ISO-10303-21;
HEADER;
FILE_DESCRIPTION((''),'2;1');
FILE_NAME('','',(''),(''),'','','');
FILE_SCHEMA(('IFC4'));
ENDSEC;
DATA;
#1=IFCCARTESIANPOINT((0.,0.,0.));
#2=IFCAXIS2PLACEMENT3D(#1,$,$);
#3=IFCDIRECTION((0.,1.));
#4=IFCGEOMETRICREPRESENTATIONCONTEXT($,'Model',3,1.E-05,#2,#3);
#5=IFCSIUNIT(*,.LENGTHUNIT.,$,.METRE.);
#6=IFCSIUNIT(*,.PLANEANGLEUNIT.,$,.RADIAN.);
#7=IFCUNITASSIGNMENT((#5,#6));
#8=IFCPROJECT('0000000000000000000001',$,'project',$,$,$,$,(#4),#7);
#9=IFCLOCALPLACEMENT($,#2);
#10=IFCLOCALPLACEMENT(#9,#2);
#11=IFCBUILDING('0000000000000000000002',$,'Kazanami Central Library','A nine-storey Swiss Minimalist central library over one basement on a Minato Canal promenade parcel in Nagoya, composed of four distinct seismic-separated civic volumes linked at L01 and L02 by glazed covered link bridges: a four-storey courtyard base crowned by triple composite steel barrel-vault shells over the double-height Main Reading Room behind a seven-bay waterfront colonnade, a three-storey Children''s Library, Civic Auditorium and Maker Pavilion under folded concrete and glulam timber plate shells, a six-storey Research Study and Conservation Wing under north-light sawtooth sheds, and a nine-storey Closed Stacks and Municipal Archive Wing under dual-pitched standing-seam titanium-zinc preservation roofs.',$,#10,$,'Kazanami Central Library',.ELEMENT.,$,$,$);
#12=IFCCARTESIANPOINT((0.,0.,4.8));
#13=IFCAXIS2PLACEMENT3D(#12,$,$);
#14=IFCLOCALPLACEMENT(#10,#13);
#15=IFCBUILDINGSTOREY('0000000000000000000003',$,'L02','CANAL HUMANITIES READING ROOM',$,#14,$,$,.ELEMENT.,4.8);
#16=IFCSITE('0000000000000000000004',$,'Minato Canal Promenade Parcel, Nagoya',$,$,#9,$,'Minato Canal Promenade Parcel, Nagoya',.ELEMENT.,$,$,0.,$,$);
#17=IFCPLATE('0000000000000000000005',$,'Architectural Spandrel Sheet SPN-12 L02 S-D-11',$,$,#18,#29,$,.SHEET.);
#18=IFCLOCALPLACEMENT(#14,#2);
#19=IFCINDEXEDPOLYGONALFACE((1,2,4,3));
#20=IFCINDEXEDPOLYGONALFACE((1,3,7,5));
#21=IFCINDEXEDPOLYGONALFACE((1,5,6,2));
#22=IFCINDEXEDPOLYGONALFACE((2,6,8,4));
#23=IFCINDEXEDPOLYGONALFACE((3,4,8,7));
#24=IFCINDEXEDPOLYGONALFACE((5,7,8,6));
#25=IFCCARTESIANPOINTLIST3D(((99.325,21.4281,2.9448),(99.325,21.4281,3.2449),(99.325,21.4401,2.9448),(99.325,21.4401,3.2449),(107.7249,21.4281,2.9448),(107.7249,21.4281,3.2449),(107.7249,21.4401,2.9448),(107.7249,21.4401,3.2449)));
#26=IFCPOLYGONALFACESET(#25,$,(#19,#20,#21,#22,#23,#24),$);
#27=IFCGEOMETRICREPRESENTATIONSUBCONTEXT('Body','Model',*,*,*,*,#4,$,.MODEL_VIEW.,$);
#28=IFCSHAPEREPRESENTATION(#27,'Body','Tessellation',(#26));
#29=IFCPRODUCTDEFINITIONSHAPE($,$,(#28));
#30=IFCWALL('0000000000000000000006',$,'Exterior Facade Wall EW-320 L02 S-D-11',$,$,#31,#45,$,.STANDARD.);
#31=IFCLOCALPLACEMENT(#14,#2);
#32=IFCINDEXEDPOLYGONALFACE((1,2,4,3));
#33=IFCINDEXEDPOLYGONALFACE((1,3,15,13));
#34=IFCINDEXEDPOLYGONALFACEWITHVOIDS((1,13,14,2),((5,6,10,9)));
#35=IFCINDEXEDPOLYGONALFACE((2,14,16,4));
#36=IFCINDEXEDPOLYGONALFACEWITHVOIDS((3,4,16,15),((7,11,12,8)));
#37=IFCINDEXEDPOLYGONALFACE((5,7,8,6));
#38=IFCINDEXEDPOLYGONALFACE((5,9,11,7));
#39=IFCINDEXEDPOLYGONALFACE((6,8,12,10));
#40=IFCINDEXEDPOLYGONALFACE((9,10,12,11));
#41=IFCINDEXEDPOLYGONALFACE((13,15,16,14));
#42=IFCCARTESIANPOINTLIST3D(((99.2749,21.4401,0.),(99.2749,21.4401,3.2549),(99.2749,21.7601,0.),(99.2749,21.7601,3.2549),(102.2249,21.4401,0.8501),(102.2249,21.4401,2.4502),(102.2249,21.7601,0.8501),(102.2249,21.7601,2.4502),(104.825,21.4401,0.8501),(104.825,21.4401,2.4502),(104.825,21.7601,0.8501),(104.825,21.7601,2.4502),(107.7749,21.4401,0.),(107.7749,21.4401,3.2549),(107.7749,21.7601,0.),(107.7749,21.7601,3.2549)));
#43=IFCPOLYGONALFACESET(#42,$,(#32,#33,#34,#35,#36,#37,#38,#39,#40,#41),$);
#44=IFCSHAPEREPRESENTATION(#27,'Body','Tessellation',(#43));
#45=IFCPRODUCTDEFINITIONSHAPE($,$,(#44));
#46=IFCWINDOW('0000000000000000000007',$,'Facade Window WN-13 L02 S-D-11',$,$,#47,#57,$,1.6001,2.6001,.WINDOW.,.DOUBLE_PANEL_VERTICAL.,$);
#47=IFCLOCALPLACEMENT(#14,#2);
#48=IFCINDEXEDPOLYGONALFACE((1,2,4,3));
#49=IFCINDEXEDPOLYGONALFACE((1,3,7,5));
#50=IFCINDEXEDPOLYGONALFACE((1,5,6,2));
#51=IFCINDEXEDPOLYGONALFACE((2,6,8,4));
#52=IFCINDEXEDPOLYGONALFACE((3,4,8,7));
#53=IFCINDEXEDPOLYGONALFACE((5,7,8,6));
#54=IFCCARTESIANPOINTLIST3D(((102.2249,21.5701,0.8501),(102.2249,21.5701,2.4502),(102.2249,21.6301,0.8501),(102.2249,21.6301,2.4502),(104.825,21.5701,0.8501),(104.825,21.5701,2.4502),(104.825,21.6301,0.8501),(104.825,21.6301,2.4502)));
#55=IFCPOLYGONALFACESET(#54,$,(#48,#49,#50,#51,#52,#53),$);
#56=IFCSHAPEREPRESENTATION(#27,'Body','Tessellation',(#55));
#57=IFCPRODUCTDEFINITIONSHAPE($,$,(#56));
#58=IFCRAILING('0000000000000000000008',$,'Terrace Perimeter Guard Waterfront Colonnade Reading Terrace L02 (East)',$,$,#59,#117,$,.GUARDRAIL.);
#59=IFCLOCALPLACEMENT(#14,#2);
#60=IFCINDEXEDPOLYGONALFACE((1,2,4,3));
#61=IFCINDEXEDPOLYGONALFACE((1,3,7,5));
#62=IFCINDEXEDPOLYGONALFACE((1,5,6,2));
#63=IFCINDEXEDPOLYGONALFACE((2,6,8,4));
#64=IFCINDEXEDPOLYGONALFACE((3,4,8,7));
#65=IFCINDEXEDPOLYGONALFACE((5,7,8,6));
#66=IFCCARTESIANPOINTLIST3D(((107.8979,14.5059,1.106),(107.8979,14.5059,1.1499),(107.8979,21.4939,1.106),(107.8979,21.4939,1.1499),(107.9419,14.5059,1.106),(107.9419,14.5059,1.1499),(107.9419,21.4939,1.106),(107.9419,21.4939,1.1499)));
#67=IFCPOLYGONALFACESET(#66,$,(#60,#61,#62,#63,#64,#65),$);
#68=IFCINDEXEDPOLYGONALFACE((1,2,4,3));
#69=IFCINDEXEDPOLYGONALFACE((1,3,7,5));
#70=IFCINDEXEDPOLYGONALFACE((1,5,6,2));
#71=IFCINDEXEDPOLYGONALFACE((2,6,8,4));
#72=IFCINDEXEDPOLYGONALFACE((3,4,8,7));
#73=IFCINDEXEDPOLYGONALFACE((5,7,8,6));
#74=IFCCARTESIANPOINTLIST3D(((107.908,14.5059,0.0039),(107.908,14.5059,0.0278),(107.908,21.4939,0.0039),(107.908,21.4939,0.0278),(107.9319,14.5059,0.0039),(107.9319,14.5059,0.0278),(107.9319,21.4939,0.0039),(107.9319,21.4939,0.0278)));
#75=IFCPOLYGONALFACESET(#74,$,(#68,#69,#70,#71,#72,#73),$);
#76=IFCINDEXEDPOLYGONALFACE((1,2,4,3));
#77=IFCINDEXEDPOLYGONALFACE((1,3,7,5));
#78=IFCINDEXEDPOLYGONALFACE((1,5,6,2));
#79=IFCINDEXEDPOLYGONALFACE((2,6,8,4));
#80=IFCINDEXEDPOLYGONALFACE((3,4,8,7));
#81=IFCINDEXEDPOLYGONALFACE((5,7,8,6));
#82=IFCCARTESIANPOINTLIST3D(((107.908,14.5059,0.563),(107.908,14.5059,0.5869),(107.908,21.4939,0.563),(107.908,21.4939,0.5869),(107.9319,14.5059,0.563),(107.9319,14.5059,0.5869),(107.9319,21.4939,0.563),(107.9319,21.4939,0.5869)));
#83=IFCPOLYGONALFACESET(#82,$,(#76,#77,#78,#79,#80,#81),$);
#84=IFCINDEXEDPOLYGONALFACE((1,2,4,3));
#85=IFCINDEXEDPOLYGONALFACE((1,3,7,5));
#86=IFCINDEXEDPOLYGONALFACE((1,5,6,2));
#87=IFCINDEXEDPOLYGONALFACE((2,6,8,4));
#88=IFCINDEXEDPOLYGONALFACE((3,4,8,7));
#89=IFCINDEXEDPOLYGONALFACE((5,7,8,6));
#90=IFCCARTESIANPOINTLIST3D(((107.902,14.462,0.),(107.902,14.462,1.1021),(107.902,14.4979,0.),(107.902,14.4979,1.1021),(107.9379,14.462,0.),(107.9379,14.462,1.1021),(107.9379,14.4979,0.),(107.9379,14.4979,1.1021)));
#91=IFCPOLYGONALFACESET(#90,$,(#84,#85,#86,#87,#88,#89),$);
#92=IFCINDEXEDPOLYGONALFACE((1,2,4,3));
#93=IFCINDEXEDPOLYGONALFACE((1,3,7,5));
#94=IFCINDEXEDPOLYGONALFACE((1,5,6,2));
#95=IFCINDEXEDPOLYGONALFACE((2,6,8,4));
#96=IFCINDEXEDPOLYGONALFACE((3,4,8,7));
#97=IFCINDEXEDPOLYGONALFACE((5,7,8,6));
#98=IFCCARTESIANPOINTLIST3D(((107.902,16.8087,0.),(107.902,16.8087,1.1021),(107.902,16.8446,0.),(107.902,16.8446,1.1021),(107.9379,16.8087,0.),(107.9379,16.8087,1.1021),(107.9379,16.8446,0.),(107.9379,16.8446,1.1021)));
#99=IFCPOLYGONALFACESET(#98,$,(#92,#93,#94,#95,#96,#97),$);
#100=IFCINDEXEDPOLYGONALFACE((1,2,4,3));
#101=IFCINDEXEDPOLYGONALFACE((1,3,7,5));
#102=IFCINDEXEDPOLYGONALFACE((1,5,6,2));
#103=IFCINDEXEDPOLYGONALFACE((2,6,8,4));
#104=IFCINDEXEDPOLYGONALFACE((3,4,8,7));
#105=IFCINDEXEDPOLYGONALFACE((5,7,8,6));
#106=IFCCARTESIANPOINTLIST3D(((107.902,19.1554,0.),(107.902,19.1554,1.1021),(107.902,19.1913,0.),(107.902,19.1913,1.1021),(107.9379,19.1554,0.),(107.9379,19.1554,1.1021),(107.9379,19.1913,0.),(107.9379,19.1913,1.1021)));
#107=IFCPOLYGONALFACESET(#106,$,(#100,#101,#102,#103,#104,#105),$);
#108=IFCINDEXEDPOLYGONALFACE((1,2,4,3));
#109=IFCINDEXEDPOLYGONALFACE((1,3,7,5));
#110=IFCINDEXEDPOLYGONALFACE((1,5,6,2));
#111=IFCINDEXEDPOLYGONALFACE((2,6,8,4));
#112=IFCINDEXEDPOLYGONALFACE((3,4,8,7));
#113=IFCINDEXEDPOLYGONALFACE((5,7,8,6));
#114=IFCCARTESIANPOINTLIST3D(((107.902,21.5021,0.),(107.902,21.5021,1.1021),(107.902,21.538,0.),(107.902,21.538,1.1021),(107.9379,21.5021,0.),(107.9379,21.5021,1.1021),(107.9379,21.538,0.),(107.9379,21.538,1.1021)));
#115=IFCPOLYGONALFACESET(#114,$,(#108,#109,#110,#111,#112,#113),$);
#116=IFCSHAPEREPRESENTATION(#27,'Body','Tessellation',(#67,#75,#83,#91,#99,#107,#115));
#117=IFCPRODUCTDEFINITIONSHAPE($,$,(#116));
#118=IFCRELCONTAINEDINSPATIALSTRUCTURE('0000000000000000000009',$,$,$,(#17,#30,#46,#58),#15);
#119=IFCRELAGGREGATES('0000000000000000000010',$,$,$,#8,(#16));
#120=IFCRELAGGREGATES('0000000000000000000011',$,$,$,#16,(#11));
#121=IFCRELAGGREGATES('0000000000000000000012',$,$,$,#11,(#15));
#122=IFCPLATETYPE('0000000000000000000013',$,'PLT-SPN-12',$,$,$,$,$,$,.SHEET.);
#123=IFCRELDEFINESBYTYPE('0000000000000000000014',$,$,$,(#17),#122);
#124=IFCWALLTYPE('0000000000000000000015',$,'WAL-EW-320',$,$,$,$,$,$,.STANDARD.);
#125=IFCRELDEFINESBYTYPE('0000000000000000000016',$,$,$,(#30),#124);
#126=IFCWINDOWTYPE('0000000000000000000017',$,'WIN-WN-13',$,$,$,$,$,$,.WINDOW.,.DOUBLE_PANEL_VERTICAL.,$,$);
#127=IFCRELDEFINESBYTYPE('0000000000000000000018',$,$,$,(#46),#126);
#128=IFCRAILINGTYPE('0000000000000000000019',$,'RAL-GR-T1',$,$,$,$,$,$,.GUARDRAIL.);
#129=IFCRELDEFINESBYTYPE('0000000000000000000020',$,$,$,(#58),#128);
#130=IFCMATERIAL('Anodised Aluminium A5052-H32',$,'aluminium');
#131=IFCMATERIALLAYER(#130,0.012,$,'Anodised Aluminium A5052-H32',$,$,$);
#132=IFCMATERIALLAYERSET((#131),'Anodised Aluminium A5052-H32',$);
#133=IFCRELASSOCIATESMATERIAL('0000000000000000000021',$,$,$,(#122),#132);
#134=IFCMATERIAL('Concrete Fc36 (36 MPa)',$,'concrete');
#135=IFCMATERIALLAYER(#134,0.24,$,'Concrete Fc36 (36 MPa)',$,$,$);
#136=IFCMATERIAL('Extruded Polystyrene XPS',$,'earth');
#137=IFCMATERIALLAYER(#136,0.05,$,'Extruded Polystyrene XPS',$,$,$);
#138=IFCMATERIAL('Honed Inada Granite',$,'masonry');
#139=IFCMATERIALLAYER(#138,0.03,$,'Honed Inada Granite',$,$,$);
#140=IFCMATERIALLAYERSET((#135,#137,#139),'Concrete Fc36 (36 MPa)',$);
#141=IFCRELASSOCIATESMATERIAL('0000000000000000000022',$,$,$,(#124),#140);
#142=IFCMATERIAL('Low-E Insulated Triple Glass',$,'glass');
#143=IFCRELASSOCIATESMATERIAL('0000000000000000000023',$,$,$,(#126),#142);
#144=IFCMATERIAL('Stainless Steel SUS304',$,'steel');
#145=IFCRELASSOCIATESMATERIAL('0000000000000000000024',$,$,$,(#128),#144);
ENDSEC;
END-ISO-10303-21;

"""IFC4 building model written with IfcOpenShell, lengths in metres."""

from ifc_helpers import new_model, si_unit, direction, frame, frame_2d, origin, origin_2d, place, context, subcontext, project, spatial, rectangle, extrude, material, layer, layer_set, type_object, element, fill, save


model = new_model("IFC4")

# Units and contexts
model_context = context("Model", 3, precision=1e-05, world=origin(), true_north=direction((0.0, 1.0)))
body_context = subcontext(model_context, "Body", "Model", "MODEL_VIEW")
ifc_project = project(units=[si_unit("LENGTHUNIT", "METRE"), si_unit("PLANEANGLEUNIT", "RADIAN")], contexts=[model_context])

# Site, building, storey
site_placement = place(None, origin())
site = spatial("IfcSite", under=ifc_project, at=site_placement, Name="Minato Canal Promenade Parcel, Nagoya", LongName="Minato Canal Promenade Parcel, Nagoya", CompositionType="ELEMENT", RefElevation=0.0)
building_placement = place(site_placement, origin())
building = spatial("IfcBuilding", under=site, at=building_placement, Name="Kazanami Central Library", Description="A nine-storey Swiss Minimalist central library over one basement on a Minato Canal promenade parcel in Nagoya, composed of four distinct seismic-separated civic volumes linked at L01 and L02 by glazed covered link bridges: a four-storey courtyard base crowned by triple composite steel barrel-vault shells over the double-height Main Reading Room behind a seven-bay waterfront colonnade, a three-storey Children's Library, Civic Auditorium and Maker Pavilion under folded concrete and glulam timber plate shells, a six-storey Research Study and Conservation Wing under north-light sawtooth sheds, and a nine-storey Closed Stacks and Municipal Archive Wing under dual-pitched standing-seam titanium-zinc preservation roofs.", LongName="Kazanami Central Library", CompositionType="ELEMENT")
storey_placement = place(building_placement, frame((0.0, 0.0, 4.8)))
storey = spatial("IfcBuildingStorey", under=building, at=storey_placement, Name="L02", Description="CANAL HUMANITIES READING ROOM", CompositionType="ELEMENT", Elevation=4.8)

# Plate
ifc_material_1 = material(Name="Low-E Insulated Triple Glass", Category="glass")
ifc_material_2 = material(Name="Anodised Aluminium A5052-H32", Category="aluminium")
ifc_layer_1 = layer(ifc_material_2, 0.012, Name="Anodised Aluminium A5052-H32")
ifc_layer_set_1 = layer_set([ifc_layer_1], Name="Anodised Aluminium A5052-H32")
plate_type_1 = type_object("IfcPlateType", Name="PLT-SPN-12", PredefinedType="SHEET", material=ifc_layer_set_1)
plate_1_placement = place(storey_placement, frame((103.5249, 21.4341, 2.9448), z_axis=(0.0, 0.0, 1.0), x_axis=(1.0, 0.0, 0.0)))
element("IfcPlate", 1, at=plate_1_placement, inside=storey, type_object=plate_type_1, Name="Architectural Spandrel Sheet SPN-12 L02 S-D-11", PredefinedType="SHEET", context=body_context, shape_type="SweptSolid", body=[
    extrude(rectangle(XDim=8.3999, YDim=0.012, at=origin_2d()), origin(), (0.0, 0.0, 1.0), 0.3),
])

# Wall, opening, window
ifc_material_3 = material(Name="Concrete Fc36 (36 MPa)", Category="concrete")
ifc_layer_2 = layer(ifc_material_3, 0.24, Name="Concrete Fc36 (36 MPa)")
ifc_material_4 = material(Name="Extruded Polystyrene XPS", Category="earth")
ifc_layer_3 = layer(ifc_material_4, 0.05, Name="Extruded Polystyrene XPS")
ifc_material_5 = material(Name="Honed Inada Granite", Category="masonry")
ifc_layer_4 = layer(ifc_material_5, 0.03, Name="Honed Inada Granite")
ifc_layer_set_2 = layer_set([ifc_layer_2, ifc_layer_3, ifc_layer_4], Name="Concrete Fc36 (36 MPa)")
wall_type = type_object("IfcWallType", Name="WAL-EW-320", PredefinedType="STANDARD", material=ifc_layer_set_2)
wall_placement = place(storey_placement, frame((99.2749, 21.6001, 0.0), z_axis=(0.0, 0.0, 1.0), x_axis=(1.0, 0.0, 0.0)))
wall = element("IfcWall", 2, at=wall_placement, inside=storey, type_object=wall_type, Name="Exterior Facade Wall EW-320 L02 S-D-11", PredefinedType="STANDARD", context=body_context, shape_type="SweptSolid", body=[
    extrude(rectangle(XDim=8.5, YDim=0.3201, at=frame_2d((4.25, 0.0))), origin(), (0.0, 0.0, 1.0), 3.2549),
])
opening_placement = place(wall_placement, frame((2.95, 0.0, 0.8501)))
opening = element("IfcOpeningElement", 3, at=opening_placement, cuts=wall, PredefinedType="OPENING", context=body_context, shape_type="SweptSolid", body=[
    extrude(rectangle(XDim=2.6001, YDim=1.6001, at=frame_2d((1.3, 0.8))), frame((0.0, 0.1719, 0.0), z_axis=(0.0, -1.0, 0.0), x_axis=(1.0, 0.0, 0.0)), (0.0, 0.0, 1.0), 0.344),
])
window_type = type_object("IfcWindowType", Name="WIN-WN-13", PartitioningType="DOUBLE_PANEL_VERTICAL", PredefinedType="WINDOW", material=ifc_material_1)
window_placement = place(opening_placement, origin())
window = element("IfcWindow", 4, at=window_placement, inside=storey, type_object=window_type, Name="Facade Window WN-13 L02 S-D-11", OverallHeight=1.6001, OverallWidth=2.6001, PartitioningType="DOUBLE_PANEL_VERTICAL", PredefinedType="WINDOW", context=body_context, shape_type="SweptSolid", body=[
    extrude(rectangle(XDim=2.6001, YDim=1.6001, at=frame_2d((1.3, 0.8))), frame((0.0, 0.03, 0.0), z_axis=(0.0, -1.0, 0.0), x_axis=(1.0, 0.0, 0.0)), (0.0, 0.0, 1.0), 0.0601),
])
fill(opening, window)

# Railing
ifc_material_6 = material(Name="Stainless Steel SUS304", Category="steel")
railing_type = type_object("IfcRailingType", Name="RAL-GR-T1", PredefinedType="GUARDRAIL", material=ifc_material_6)
railing_placement = place(storey_placement, frame((107.9199, 14.48, 0.0)))
element("IfcRailing", 5, at=railing_placement, inside=storey, type_object=railing_type, Name="Terrace Perimeter Guard Waterfront Colonnade Reading Terrace L02 (East)", PredefinedType="GUARDRAIL", context=body_context, shape_type="SweptSolid", body=[
    extrude(rectangle(XDim=0.0439, YDim=0.0439, at=origin_2d()), frame((0.0, 0.0259, 1.1279), z_axis=(0.0, 1.0, 0.0), x_axis=(-1.0, 0.0, 0.0)), (0.0, 0.0, 1.0), 6.988),
    extrude(rectangle(XDim=0.0239, YDim=0.0239, at=origin_2d()), frame((0.0, 0.0259, 0.0159), z_axis=(0.0, 1.0, 0.0), x_axis=(-1.0, 0.0, 0.0)), (0.0, 0.0, 1.0), 6.988),
    extrude(rectangle(XDim=0.0239, YDim=0.0239, at=origin_2d()), frame((0.0, 0.0259, 0.575), z_axis=(0.0, 1.0, 0.0), x_axis=(-1.0, 0.0, 0.0)), (0.0, 0.0, 1.0), 6.988),
    extrude(rectangle(XDim=0.0359, YDim=0.0359, at=origin_2d()), origin(), (0.0, 0.0, 1.0), 1.1021),
    extrude(rectangle(XDim=0.0359, YDim=0.0359, at=origin_2d()), frame((0.0, 2.3467, 0.0)), (0.0, 0.0, 1.0), 1.1021),
    extrude(rectangle(XDim=0.0359, YDim=0.0359, at=origin_2d()), frame((0.0, 4.6934, 0.0)), (0.0, 0.0, 1.0), 1.1021),
    extrude(rectangle(XDim=0.0359, YDim=0.0359, at=origin_2d()), frame((0.0, 7.04, 0.0)), (0.0, 0.0, 1.0), 1.1021),
])

save(model, "model.ifc")
